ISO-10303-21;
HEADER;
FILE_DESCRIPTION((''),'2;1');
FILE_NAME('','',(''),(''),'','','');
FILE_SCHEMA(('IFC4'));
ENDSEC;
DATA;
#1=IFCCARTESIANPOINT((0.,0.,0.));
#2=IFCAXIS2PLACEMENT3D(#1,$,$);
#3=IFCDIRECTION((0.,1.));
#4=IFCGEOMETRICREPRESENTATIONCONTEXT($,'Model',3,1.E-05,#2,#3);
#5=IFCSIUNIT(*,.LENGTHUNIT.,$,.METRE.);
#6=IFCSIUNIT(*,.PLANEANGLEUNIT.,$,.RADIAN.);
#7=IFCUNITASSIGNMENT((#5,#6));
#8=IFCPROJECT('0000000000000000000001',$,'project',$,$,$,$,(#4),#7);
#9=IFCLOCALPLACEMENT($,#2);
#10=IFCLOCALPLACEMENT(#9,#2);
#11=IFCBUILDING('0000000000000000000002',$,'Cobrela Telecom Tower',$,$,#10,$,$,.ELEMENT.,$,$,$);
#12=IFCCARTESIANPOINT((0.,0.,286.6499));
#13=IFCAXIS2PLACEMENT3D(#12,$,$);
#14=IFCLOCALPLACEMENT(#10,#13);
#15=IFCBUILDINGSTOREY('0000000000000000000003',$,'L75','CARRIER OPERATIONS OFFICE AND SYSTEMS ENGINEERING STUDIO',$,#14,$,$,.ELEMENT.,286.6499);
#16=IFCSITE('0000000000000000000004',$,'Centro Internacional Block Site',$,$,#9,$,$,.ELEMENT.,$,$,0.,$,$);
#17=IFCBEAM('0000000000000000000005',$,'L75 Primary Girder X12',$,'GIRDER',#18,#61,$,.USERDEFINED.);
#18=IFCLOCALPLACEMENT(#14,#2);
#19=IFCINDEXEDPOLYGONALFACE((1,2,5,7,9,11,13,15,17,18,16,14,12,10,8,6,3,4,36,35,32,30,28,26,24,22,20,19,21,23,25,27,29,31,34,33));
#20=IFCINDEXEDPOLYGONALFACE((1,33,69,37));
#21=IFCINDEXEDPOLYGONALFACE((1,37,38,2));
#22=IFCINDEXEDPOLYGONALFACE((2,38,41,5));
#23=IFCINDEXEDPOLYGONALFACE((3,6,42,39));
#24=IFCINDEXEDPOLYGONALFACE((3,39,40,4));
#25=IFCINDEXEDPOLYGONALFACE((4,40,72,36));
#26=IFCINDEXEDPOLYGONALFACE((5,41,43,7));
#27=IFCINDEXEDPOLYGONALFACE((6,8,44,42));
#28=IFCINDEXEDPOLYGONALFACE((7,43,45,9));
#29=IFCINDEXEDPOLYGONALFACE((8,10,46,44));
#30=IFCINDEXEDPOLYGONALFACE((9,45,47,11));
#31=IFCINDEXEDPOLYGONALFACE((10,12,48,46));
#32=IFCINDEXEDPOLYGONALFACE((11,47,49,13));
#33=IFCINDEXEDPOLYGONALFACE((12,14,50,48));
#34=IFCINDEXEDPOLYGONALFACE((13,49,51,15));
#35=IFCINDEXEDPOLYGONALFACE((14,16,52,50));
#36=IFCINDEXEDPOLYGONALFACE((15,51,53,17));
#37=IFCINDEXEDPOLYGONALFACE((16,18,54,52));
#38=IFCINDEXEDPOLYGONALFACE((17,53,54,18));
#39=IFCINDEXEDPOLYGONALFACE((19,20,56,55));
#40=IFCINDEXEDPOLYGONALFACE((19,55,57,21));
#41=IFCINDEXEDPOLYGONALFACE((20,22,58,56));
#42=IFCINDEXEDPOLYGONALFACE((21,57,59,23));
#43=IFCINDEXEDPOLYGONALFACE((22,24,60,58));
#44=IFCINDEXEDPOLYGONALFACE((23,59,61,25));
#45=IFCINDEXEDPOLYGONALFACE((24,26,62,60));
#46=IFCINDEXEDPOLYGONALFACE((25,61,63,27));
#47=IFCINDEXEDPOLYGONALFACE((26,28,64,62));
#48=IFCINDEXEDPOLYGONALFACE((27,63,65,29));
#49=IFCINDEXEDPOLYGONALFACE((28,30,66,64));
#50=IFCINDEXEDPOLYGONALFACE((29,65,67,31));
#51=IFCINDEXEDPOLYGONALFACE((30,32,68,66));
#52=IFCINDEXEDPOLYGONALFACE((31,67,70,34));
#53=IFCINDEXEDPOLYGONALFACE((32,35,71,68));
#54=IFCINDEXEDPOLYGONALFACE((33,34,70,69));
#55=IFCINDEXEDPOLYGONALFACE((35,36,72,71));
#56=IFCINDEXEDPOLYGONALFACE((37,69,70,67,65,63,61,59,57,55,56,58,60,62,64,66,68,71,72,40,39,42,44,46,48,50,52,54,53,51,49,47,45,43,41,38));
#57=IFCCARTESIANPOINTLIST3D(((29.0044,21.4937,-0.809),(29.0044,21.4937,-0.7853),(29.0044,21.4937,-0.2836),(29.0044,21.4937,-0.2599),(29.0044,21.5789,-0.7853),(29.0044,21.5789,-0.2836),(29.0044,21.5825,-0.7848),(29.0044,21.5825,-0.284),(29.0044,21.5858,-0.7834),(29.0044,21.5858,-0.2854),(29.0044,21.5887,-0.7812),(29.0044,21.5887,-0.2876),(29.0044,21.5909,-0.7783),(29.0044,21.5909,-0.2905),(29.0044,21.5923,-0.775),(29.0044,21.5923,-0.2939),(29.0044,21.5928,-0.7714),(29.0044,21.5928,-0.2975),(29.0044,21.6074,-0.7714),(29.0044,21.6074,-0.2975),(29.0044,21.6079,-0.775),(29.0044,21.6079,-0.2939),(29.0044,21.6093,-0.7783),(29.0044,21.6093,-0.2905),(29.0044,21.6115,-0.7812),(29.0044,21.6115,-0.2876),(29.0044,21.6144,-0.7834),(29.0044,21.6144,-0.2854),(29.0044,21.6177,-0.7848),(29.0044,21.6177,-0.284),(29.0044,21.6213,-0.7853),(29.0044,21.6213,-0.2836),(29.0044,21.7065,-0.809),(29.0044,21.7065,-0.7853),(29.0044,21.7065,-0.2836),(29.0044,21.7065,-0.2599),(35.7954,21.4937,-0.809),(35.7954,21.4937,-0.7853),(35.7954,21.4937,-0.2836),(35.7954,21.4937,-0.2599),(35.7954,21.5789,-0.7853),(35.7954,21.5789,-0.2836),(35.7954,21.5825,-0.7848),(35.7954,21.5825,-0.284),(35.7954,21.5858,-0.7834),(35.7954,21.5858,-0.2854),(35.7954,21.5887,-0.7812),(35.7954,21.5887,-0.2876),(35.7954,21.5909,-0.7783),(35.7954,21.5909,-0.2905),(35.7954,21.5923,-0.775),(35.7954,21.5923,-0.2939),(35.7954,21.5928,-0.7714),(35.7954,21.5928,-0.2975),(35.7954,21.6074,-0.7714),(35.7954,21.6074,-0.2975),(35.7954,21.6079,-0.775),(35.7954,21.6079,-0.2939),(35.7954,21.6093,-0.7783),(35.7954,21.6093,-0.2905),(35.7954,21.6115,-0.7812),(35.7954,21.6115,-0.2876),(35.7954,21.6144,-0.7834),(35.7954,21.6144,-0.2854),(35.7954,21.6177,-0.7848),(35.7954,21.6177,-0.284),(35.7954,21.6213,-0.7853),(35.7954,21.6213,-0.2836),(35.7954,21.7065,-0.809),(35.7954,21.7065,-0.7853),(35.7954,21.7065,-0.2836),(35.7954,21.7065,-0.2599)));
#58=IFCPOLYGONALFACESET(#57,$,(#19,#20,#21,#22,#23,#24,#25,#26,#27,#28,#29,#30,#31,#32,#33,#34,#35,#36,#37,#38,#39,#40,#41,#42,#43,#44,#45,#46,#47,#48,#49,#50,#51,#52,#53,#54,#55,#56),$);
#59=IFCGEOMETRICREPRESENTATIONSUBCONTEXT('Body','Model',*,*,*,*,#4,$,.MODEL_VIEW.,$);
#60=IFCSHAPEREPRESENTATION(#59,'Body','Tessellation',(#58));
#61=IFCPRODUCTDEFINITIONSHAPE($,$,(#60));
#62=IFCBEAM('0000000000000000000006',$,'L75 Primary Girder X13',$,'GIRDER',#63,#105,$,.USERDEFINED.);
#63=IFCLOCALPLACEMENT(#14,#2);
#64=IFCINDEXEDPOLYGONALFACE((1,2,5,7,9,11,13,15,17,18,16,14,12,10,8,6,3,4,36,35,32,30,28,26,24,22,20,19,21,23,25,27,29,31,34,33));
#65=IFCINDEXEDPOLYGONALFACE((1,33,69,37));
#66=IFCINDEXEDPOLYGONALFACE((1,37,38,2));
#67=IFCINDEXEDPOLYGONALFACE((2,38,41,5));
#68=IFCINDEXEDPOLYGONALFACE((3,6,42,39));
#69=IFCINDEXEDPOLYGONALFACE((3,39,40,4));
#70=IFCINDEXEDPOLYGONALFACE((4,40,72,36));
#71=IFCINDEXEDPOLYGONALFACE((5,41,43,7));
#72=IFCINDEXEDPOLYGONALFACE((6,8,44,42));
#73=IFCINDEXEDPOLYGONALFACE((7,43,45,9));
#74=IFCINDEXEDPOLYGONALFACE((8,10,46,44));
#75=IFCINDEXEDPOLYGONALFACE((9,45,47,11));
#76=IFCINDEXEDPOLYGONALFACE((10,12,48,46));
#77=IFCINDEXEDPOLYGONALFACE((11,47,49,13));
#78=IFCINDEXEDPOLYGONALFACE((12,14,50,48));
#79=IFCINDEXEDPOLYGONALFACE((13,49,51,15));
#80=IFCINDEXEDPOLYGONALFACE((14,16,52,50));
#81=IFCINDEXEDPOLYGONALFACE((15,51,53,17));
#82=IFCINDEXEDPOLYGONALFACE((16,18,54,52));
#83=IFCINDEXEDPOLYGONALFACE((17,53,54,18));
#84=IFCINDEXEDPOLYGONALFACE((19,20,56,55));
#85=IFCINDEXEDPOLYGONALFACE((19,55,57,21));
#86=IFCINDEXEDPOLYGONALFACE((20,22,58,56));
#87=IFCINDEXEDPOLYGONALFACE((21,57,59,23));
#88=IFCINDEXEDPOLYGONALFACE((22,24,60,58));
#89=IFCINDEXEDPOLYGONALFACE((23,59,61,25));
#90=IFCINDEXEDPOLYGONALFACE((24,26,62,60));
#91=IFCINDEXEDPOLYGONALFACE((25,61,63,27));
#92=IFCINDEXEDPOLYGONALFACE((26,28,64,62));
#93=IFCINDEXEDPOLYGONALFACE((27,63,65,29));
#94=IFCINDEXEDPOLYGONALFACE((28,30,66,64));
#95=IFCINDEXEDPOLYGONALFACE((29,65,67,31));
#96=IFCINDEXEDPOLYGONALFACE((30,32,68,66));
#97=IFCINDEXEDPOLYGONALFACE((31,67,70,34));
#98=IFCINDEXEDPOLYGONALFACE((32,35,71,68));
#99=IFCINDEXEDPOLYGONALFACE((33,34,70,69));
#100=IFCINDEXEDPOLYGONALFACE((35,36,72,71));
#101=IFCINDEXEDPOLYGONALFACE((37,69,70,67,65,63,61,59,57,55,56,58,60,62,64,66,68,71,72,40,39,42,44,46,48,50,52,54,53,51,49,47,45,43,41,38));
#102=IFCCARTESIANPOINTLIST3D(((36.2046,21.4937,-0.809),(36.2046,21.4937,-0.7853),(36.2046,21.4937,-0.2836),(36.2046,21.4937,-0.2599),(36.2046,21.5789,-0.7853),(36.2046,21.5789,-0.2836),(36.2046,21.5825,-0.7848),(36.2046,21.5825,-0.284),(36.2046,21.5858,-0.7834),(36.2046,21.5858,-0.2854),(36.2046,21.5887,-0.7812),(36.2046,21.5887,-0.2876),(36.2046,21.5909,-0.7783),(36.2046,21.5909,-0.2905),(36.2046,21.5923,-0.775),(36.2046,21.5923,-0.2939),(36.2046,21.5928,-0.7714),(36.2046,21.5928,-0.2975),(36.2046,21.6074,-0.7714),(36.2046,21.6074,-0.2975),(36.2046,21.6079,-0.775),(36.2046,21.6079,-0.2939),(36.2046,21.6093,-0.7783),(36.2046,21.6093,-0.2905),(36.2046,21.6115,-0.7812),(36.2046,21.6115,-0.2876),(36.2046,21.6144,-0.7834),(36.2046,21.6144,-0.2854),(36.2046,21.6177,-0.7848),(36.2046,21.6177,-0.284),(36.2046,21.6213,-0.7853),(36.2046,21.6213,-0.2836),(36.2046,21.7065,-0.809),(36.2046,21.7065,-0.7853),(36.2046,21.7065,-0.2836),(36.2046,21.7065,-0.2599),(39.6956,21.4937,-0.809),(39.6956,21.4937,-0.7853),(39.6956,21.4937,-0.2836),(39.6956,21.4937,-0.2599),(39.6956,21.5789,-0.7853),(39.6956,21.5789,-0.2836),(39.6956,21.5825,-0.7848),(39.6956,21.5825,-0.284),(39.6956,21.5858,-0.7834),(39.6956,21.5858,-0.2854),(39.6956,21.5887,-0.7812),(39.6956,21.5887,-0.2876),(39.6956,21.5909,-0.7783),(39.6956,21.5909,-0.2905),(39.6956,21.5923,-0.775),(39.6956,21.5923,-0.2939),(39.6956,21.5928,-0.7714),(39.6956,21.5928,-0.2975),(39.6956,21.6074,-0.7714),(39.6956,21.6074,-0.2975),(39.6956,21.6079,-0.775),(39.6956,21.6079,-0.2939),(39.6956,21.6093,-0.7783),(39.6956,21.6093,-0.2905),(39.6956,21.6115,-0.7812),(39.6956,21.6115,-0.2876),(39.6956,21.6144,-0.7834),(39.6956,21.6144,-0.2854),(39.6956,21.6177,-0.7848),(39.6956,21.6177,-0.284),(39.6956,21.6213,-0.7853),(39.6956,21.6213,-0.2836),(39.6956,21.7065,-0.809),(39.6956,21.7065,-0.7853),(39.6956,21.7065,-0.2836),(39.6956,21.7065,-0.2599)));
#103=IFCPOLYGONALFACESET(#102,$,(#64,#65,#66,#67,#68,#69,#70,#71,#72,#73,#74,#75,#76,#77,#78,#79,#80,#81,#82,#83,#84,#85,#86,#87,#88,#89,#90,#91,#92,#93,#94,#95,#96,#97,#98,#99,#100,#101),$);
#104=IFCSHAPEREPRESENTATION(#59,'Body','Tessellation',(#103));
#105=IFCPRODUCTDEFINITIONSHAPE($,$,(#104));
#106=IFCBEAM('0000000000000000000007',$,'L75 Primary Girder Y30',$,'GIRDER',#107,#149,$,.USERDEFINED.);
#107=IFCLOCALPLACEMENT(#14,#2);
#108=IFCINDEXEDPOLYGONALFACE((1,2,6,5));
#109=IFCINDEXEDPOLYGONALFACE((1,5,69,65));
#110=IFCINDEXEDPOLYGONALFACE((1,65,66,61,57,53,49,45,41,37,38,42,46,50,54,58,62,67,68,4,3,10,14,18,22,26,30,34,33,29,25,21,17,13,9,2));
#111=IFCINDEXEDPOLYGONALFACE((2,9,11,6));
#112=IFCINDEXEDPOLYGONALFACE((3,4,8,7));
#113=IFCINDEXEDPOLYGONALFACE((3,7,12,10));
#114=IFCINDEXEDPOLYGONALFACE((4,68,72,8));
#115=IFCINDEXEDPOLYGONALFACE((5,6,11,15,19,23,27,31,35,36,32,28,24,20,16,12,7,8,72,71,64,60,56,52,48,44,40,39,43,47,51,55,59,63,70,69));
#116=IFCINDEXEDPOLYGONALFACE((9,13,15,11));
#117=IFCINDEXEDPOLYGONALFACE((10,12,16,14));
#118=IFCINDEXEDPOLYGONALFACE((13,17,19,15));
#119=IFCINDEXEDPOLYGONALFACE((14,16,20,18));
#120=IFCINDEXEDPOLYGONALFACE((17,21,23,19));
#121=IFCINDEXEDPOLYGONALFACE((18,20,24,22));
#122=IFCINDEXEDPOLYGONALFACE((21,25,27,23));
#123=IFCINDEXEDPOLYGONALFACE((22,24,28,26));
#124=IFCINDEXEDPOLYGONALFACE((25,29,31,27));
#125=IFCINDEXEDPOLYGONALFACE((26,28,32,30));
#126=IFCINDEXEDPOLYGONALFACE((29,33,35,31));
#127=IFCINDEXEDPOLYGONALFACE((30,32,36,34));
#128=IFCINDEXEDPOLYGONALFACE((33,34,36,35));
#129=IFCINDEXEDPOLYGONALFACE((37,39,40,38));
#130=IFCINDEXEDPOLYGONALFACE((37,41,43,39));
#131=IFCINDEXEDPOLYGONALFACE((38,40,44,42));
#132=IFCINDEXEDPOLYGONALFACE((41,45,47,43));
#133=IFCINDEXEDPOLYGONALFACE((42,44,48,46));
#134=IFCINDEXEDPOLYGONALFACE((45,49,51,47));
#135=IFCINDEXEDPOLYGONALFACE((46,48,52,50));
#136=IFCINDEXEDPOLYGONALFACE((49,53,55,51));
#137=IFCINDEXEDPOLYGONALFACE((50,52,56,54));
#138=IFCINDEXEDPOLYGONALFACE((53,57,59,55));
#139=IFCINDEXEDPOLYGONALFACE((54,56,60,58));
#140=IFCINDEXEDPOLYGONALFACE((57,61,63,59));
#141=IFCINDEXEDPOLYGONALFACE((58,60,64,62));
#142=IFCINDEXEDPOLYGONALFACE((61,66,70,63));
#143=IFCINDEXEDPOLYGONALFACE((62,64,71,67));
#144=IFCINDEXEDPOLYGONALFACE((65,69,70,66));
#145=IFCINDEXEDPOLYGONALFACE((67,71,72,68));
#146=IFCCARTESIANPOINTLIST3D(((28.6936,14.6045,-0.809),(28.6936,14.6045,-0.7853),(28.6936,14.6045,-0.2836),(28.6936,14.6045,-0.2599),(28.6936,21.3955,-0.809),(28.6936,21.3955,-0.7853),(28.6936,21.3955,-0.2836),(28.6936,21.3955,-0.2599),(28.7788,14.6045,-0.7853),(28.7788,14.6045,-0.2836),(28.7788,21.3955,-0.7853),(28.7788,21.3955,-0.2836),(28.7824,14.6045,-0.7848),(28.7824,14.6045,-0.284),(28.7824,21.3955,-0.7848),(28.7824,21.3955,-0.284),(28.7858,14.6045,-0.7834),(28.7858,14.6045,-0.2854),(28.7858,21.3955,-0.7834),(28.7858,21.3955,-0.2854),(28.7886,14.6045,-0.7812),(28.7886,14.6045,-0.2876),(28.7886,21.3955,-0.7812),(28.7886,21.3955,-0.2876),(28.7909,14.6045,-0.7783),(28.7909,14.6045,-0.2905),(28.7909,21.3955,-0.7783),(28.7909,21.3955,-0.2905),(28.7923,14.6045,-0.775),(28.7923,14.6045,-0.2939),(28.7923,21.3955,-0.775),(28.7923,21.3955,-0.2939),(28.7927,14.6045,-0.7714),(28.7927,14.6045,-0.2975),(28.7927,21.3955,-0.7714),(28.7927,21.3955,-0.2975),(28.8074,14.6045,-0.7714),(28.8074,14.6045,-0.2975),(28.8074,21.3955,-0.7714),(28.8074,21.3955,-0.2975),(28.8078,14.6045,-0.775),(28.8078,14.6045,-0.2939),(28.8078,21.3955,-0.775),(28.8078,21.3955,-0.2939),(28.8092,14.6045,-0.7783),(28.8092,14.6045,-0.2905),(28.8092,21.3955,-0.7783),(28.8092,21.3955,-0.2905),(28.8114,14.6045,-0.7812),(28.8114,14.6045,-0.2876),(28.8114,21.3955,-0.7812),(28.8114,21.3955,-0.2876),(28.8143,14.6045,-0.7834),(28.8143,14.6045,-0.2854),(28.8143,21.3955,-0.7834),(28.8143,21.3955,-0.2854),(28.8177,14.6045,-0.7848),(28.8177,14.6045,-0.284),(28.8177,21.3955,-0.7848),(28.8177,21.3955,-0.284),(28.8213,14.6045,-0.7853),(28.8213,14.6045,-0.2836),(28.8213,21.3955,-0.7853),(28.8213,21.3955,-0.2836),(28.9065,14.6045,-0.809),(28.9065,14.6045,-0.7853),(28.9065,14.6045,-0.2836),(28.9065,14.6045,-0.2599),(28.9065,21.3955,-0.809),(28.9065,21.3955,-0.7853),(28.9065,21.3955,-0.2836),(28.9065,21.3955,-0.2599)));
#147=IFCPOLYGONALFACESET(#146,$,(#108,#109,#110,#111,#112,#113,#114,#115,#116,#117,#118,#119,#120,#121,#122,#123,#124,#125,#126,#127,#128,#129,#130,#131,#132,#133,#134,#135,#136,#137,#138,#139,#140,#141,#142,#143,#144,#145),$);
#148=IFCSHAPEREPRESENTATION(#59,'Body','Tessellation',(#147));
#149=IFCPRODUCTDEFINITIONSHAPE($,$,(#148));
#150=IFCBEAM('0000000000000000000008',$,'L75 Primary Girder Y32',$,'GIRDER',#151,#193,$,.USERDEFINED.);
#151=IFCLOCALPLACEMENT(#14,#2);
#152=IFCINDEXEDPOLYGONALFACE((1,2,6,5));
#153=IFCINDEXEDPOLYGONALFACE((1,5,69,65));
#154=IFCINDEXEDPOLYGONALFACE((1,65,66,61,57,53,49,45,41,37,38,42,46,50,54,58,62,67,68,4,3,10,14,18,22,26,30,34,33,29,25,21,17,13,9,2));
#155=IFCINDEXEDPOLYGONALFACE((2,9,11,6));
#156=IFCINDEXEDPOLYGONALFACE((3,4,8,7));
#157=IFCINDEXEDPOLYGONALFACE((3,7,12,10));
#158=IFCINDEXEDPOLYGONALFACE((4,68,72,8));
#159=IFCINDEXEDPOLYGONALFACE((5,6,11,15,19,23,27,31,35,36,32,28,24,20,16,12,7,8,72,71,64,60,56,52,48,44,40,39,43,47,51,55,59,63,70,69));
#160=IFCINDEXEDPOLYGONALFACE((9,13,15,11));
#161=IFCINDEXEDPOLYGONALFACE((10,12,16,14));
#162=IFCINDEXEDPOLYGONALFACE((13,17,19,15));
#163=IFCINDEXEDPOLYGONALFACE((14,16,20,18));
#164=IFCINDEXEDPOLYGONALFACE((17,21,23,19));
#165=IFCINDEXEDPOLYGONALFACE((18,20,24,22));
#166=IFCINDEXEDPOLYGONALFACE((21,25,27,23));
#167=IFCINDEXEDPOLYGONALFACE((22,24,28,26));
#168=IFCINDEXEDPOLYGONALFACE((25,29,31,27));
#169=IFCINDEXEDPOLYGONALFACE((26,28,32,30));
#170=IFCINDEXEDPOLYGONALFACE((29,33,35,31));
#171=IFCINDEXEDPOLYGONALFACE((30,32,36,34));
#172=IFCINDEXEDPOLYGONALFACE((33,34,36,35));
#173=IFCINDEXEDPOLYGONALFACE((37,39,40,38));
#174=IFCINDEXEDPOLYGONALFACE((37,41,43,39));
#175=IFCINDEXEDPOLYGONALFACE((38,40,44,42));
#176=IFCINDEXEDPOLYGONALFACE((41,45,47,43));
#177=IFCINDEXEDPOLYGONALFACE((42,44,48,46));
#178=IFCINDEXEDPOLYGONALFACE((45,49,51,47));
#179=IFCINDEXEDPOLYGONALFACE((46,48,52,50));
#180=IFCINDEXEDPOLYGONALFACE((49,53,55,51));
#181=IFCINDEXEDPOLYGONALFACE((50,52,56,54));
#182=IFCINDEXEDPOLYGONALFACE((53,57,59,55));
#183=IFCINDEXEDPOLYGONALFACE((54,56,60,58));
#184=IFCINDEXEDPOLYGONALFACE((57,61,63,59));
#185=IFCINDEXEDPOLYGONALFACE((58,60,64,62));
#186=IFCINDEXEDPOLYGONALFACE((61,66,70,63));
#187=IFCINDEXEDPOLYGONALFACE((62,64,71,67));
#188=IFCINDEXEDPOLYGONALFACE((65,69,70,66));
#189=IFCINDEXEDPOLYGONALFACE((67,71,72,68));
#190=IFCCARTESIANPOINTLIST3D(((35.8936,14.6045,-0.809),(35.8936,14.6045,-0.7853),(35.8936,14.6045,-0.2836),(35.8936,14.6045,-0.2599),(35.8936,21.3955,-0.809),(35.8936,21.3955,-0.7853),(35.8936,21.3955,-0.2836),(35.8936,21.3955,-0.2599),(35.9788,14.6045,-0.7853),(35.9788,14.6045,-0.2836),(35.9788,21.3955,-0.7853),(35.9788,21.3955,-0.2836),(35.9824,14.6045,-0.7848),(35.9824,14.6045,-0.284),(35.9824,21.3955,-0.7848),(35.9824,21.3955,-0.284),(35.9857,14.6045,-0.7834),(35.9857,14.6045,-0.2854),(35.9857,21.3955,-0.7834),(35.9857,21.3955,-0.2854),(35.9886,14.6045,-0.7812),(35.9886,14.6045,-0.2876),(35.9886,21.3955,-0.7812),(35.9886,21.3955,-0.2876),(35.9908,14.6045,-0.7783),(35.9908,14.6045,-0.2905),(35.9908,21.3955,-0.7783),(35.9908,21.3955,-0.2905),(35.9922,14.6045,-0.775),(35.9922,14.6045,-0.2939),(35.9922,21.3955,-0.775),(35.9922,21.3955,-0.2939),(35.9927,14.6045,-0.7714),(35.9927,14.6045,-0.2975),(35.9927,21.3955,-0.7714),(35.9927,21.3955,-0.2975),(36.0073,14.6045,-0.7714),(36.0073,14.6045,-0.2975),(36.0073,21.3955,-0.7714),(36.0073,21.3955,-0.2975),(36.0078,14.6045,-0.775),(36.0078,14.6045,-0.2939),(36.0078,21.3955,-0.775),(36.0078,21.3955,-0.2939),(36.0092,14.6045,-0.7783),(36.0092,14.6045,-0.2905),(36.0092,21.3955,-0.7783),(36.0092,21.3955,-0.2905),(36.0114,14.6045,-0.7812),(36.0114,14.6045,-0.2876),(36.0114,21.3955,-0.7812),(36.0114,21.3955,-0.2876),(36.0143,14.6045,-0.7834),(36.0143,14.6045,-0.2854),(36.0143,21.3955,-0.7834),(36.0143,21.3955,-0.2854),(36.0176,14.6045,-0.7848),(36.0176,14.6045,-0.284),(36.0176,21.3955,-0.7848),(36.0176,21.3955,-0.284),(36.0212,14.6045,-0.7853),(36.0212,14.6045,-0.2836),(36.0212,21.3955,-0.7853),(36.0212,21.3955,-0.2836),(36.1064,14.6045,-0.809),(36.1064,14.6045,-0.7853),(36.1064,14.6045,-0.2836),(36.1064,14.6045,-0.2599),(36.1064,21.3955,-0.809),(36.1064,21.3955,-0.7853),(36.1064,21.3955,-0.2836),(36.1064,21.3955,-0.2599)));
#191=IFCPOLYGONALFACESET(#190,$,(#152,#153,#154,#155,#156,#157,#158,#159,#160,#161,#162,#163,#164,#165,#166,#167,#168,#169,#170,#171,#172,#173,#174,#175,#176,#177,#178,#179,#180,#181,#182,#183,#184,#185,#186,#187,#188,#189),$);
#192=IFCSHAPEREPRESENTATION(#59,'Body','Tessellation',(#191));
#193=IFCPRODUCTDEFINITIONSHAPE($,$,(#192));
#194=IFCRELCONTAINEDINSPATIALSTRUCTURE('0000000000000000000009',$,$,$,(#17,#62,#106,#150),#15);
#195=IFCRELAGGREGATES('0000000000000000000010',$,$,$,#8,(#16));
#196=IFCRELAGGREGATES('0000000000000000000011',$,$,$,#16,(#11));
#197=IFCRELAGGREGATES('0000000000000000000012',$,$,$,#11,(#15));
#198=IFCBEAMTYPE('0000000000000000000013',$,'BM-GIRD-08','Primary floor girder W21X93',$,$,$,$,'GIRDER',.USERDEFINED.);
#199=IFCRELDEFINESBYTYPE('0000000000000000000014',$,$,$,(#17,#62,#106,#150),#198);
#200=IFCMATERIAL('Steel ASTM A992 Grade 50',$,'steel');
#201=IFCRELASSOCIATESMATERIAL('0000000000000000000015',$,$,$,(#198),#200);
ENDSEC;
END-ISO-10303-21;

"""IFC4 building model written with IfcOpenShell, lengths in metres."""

from ifc_helpers import new_model, si_unit, direction, frame, origin, origin_2d, place, context, subcontext, project, spatial, i_section, extrude, material, material_profile, profile_set, type_object, element, save


model = new_model("IFC4")

# Units and contexts
model_context = context("Model", 3, precision=1e-05, world=origin(), true_north=direction((0.0, 1.0)))
body_context = subcontext(model_context, "Body", "Model", "MODEL_VIEW")
ifc_project = project(units=[si_unit("LENGTHUNIT", "METRE"), si_unit("PLANEANGLEUNIT", "RADIAN")], contexts=[model_context])

# Site, building, storey
site_placement = place(None, origin())
site = spatial("IfcSite", under=ifc_project, at=site_placement, Name="Centro Internacional Block Site", CompositionType="ELEMENT", RefElevation=0.0)
building_placement = place(site_placement, origin())
building = spatial("IfcBuilding", under=site, at=building_placement, Name="Cobrela Telecom Tower", CompositionType="ELEMENT")
storey_placement = place(building_placement, frame((0.0, 0.0, 286.6499)))
storey = spatial("IfcBuildingStorey", under=building, at=storey_placement, Name="L75", Description="CARRIER OPERATIONS OFFICE AND SYSTEMS ENGINEERING STUDIO", CompositionType="ELEMENT", Elevation=286.6499)

# Shared definitions
ifc_material_1 = material(Name="Steel ASTM A992 Grade 50", Category="steel")

# Beams
ifc_material_profile_1 = material_profile(ifc_material_1, i_section(OverallWidth=0.2129, OverallDepth=0.5491, WebThickness=0.0146, FlangeThickness=0.0237, FilletRadius=0.0139, at=origin_2d()), Name="W21X93")
ifc_profile_set_1 = profile_set([ifc_material_profile_1], Name="Steel ASTM A992 Grade 50")
beam_type_1 = type_object("IfcBeamType", Name="BM-GIRD-08", Description="Primary floor girder W21X93", ElementType="GIRDER", PredefinedType="USERDEFINED", material=ifc_profile_set_1)
beam_1_placement = place(storey_placement, frame((29.0044, 21.6001, -0.5344), z_axis=(1.0, 0.0, 0.0), x_axis=(0.0, 1.0, 0.0)))
element("IfcBeam", 1, at=beam_1_placement, inside=storey, type_object=beam_type_1, Name="L75 Primary Girder X12", ObjectType="GIRDER", PredefinedType="USERDEFINED", context=body_context, shape_type="SweptSolid", body=[
    extrude(i_section(OverallWidth=0.2129, OverallDepth=0.5491, WebThickness=0.0146, FlangeThickness=0.0237, FilletRadius=0.0139, at=origin_2d()), origin(), (0.0, 0.0, 1.0), 6.791),
])
beam_2_placement = place(storey_placement, frame((36.2046, 21.6001, -0.5344), z_axis=(1.0, 0.0, 0.0), x_axis=(0.0, 1.0, 0.0)))
element("IfcBeam", 2, at=beam_2_placement, inside=storey, type_object=beam_type_1, Name="L75 Primary Girder X13", ObjectType="GIRDER", PredefinedType="USERDEFINED", context=body_context, shape_type="SweptSolid", body=[
    extrude(i_section(OverallWidth=0.2129, OverallDepth=0.5491, WebThickness=0.0146, FlangeThickness=0.0237, FilletRadius=0.0139, at=origin_2d()), origin(), (0.0, 0.0, 1.0), 3.491),
])
for number, where, z_axis, x_axis, name in (
    (3, (28.8, 14.6045, -0.5344), (0.0, 1.0, 0.0), (-1.0, 0.0, 0.0), "L75 Primary Girder Y30"),
    (4, (36.0, 14.6045, -0.5344), (0.0, 1.0, 0.0), (-1.0, 0.0, 0.0), "L75 Primary Girder Y32"),
):
    element("IfcBeam", number, at=place(storey_placement, frame(where, z_axis=z_axis, x_axis=x_axis)), inside=storey, type_object=beam_type_1, Name=name, ObjectType="GIRDER", PredefinedType="USERDEFINED", context=body_context, shape_type="SweptSolid", body=[
        extrude(i_section(OverallWidth=0.2129, OverallDepth=0.5491, WebThickness=0.0146, FlangeThickness=0.0237, FilletRadius=0.0139, at=origin_2d()), origin(), (0.0, 0.0, 1.0), 6.791),
    ])

save(model, "model.ifc")
